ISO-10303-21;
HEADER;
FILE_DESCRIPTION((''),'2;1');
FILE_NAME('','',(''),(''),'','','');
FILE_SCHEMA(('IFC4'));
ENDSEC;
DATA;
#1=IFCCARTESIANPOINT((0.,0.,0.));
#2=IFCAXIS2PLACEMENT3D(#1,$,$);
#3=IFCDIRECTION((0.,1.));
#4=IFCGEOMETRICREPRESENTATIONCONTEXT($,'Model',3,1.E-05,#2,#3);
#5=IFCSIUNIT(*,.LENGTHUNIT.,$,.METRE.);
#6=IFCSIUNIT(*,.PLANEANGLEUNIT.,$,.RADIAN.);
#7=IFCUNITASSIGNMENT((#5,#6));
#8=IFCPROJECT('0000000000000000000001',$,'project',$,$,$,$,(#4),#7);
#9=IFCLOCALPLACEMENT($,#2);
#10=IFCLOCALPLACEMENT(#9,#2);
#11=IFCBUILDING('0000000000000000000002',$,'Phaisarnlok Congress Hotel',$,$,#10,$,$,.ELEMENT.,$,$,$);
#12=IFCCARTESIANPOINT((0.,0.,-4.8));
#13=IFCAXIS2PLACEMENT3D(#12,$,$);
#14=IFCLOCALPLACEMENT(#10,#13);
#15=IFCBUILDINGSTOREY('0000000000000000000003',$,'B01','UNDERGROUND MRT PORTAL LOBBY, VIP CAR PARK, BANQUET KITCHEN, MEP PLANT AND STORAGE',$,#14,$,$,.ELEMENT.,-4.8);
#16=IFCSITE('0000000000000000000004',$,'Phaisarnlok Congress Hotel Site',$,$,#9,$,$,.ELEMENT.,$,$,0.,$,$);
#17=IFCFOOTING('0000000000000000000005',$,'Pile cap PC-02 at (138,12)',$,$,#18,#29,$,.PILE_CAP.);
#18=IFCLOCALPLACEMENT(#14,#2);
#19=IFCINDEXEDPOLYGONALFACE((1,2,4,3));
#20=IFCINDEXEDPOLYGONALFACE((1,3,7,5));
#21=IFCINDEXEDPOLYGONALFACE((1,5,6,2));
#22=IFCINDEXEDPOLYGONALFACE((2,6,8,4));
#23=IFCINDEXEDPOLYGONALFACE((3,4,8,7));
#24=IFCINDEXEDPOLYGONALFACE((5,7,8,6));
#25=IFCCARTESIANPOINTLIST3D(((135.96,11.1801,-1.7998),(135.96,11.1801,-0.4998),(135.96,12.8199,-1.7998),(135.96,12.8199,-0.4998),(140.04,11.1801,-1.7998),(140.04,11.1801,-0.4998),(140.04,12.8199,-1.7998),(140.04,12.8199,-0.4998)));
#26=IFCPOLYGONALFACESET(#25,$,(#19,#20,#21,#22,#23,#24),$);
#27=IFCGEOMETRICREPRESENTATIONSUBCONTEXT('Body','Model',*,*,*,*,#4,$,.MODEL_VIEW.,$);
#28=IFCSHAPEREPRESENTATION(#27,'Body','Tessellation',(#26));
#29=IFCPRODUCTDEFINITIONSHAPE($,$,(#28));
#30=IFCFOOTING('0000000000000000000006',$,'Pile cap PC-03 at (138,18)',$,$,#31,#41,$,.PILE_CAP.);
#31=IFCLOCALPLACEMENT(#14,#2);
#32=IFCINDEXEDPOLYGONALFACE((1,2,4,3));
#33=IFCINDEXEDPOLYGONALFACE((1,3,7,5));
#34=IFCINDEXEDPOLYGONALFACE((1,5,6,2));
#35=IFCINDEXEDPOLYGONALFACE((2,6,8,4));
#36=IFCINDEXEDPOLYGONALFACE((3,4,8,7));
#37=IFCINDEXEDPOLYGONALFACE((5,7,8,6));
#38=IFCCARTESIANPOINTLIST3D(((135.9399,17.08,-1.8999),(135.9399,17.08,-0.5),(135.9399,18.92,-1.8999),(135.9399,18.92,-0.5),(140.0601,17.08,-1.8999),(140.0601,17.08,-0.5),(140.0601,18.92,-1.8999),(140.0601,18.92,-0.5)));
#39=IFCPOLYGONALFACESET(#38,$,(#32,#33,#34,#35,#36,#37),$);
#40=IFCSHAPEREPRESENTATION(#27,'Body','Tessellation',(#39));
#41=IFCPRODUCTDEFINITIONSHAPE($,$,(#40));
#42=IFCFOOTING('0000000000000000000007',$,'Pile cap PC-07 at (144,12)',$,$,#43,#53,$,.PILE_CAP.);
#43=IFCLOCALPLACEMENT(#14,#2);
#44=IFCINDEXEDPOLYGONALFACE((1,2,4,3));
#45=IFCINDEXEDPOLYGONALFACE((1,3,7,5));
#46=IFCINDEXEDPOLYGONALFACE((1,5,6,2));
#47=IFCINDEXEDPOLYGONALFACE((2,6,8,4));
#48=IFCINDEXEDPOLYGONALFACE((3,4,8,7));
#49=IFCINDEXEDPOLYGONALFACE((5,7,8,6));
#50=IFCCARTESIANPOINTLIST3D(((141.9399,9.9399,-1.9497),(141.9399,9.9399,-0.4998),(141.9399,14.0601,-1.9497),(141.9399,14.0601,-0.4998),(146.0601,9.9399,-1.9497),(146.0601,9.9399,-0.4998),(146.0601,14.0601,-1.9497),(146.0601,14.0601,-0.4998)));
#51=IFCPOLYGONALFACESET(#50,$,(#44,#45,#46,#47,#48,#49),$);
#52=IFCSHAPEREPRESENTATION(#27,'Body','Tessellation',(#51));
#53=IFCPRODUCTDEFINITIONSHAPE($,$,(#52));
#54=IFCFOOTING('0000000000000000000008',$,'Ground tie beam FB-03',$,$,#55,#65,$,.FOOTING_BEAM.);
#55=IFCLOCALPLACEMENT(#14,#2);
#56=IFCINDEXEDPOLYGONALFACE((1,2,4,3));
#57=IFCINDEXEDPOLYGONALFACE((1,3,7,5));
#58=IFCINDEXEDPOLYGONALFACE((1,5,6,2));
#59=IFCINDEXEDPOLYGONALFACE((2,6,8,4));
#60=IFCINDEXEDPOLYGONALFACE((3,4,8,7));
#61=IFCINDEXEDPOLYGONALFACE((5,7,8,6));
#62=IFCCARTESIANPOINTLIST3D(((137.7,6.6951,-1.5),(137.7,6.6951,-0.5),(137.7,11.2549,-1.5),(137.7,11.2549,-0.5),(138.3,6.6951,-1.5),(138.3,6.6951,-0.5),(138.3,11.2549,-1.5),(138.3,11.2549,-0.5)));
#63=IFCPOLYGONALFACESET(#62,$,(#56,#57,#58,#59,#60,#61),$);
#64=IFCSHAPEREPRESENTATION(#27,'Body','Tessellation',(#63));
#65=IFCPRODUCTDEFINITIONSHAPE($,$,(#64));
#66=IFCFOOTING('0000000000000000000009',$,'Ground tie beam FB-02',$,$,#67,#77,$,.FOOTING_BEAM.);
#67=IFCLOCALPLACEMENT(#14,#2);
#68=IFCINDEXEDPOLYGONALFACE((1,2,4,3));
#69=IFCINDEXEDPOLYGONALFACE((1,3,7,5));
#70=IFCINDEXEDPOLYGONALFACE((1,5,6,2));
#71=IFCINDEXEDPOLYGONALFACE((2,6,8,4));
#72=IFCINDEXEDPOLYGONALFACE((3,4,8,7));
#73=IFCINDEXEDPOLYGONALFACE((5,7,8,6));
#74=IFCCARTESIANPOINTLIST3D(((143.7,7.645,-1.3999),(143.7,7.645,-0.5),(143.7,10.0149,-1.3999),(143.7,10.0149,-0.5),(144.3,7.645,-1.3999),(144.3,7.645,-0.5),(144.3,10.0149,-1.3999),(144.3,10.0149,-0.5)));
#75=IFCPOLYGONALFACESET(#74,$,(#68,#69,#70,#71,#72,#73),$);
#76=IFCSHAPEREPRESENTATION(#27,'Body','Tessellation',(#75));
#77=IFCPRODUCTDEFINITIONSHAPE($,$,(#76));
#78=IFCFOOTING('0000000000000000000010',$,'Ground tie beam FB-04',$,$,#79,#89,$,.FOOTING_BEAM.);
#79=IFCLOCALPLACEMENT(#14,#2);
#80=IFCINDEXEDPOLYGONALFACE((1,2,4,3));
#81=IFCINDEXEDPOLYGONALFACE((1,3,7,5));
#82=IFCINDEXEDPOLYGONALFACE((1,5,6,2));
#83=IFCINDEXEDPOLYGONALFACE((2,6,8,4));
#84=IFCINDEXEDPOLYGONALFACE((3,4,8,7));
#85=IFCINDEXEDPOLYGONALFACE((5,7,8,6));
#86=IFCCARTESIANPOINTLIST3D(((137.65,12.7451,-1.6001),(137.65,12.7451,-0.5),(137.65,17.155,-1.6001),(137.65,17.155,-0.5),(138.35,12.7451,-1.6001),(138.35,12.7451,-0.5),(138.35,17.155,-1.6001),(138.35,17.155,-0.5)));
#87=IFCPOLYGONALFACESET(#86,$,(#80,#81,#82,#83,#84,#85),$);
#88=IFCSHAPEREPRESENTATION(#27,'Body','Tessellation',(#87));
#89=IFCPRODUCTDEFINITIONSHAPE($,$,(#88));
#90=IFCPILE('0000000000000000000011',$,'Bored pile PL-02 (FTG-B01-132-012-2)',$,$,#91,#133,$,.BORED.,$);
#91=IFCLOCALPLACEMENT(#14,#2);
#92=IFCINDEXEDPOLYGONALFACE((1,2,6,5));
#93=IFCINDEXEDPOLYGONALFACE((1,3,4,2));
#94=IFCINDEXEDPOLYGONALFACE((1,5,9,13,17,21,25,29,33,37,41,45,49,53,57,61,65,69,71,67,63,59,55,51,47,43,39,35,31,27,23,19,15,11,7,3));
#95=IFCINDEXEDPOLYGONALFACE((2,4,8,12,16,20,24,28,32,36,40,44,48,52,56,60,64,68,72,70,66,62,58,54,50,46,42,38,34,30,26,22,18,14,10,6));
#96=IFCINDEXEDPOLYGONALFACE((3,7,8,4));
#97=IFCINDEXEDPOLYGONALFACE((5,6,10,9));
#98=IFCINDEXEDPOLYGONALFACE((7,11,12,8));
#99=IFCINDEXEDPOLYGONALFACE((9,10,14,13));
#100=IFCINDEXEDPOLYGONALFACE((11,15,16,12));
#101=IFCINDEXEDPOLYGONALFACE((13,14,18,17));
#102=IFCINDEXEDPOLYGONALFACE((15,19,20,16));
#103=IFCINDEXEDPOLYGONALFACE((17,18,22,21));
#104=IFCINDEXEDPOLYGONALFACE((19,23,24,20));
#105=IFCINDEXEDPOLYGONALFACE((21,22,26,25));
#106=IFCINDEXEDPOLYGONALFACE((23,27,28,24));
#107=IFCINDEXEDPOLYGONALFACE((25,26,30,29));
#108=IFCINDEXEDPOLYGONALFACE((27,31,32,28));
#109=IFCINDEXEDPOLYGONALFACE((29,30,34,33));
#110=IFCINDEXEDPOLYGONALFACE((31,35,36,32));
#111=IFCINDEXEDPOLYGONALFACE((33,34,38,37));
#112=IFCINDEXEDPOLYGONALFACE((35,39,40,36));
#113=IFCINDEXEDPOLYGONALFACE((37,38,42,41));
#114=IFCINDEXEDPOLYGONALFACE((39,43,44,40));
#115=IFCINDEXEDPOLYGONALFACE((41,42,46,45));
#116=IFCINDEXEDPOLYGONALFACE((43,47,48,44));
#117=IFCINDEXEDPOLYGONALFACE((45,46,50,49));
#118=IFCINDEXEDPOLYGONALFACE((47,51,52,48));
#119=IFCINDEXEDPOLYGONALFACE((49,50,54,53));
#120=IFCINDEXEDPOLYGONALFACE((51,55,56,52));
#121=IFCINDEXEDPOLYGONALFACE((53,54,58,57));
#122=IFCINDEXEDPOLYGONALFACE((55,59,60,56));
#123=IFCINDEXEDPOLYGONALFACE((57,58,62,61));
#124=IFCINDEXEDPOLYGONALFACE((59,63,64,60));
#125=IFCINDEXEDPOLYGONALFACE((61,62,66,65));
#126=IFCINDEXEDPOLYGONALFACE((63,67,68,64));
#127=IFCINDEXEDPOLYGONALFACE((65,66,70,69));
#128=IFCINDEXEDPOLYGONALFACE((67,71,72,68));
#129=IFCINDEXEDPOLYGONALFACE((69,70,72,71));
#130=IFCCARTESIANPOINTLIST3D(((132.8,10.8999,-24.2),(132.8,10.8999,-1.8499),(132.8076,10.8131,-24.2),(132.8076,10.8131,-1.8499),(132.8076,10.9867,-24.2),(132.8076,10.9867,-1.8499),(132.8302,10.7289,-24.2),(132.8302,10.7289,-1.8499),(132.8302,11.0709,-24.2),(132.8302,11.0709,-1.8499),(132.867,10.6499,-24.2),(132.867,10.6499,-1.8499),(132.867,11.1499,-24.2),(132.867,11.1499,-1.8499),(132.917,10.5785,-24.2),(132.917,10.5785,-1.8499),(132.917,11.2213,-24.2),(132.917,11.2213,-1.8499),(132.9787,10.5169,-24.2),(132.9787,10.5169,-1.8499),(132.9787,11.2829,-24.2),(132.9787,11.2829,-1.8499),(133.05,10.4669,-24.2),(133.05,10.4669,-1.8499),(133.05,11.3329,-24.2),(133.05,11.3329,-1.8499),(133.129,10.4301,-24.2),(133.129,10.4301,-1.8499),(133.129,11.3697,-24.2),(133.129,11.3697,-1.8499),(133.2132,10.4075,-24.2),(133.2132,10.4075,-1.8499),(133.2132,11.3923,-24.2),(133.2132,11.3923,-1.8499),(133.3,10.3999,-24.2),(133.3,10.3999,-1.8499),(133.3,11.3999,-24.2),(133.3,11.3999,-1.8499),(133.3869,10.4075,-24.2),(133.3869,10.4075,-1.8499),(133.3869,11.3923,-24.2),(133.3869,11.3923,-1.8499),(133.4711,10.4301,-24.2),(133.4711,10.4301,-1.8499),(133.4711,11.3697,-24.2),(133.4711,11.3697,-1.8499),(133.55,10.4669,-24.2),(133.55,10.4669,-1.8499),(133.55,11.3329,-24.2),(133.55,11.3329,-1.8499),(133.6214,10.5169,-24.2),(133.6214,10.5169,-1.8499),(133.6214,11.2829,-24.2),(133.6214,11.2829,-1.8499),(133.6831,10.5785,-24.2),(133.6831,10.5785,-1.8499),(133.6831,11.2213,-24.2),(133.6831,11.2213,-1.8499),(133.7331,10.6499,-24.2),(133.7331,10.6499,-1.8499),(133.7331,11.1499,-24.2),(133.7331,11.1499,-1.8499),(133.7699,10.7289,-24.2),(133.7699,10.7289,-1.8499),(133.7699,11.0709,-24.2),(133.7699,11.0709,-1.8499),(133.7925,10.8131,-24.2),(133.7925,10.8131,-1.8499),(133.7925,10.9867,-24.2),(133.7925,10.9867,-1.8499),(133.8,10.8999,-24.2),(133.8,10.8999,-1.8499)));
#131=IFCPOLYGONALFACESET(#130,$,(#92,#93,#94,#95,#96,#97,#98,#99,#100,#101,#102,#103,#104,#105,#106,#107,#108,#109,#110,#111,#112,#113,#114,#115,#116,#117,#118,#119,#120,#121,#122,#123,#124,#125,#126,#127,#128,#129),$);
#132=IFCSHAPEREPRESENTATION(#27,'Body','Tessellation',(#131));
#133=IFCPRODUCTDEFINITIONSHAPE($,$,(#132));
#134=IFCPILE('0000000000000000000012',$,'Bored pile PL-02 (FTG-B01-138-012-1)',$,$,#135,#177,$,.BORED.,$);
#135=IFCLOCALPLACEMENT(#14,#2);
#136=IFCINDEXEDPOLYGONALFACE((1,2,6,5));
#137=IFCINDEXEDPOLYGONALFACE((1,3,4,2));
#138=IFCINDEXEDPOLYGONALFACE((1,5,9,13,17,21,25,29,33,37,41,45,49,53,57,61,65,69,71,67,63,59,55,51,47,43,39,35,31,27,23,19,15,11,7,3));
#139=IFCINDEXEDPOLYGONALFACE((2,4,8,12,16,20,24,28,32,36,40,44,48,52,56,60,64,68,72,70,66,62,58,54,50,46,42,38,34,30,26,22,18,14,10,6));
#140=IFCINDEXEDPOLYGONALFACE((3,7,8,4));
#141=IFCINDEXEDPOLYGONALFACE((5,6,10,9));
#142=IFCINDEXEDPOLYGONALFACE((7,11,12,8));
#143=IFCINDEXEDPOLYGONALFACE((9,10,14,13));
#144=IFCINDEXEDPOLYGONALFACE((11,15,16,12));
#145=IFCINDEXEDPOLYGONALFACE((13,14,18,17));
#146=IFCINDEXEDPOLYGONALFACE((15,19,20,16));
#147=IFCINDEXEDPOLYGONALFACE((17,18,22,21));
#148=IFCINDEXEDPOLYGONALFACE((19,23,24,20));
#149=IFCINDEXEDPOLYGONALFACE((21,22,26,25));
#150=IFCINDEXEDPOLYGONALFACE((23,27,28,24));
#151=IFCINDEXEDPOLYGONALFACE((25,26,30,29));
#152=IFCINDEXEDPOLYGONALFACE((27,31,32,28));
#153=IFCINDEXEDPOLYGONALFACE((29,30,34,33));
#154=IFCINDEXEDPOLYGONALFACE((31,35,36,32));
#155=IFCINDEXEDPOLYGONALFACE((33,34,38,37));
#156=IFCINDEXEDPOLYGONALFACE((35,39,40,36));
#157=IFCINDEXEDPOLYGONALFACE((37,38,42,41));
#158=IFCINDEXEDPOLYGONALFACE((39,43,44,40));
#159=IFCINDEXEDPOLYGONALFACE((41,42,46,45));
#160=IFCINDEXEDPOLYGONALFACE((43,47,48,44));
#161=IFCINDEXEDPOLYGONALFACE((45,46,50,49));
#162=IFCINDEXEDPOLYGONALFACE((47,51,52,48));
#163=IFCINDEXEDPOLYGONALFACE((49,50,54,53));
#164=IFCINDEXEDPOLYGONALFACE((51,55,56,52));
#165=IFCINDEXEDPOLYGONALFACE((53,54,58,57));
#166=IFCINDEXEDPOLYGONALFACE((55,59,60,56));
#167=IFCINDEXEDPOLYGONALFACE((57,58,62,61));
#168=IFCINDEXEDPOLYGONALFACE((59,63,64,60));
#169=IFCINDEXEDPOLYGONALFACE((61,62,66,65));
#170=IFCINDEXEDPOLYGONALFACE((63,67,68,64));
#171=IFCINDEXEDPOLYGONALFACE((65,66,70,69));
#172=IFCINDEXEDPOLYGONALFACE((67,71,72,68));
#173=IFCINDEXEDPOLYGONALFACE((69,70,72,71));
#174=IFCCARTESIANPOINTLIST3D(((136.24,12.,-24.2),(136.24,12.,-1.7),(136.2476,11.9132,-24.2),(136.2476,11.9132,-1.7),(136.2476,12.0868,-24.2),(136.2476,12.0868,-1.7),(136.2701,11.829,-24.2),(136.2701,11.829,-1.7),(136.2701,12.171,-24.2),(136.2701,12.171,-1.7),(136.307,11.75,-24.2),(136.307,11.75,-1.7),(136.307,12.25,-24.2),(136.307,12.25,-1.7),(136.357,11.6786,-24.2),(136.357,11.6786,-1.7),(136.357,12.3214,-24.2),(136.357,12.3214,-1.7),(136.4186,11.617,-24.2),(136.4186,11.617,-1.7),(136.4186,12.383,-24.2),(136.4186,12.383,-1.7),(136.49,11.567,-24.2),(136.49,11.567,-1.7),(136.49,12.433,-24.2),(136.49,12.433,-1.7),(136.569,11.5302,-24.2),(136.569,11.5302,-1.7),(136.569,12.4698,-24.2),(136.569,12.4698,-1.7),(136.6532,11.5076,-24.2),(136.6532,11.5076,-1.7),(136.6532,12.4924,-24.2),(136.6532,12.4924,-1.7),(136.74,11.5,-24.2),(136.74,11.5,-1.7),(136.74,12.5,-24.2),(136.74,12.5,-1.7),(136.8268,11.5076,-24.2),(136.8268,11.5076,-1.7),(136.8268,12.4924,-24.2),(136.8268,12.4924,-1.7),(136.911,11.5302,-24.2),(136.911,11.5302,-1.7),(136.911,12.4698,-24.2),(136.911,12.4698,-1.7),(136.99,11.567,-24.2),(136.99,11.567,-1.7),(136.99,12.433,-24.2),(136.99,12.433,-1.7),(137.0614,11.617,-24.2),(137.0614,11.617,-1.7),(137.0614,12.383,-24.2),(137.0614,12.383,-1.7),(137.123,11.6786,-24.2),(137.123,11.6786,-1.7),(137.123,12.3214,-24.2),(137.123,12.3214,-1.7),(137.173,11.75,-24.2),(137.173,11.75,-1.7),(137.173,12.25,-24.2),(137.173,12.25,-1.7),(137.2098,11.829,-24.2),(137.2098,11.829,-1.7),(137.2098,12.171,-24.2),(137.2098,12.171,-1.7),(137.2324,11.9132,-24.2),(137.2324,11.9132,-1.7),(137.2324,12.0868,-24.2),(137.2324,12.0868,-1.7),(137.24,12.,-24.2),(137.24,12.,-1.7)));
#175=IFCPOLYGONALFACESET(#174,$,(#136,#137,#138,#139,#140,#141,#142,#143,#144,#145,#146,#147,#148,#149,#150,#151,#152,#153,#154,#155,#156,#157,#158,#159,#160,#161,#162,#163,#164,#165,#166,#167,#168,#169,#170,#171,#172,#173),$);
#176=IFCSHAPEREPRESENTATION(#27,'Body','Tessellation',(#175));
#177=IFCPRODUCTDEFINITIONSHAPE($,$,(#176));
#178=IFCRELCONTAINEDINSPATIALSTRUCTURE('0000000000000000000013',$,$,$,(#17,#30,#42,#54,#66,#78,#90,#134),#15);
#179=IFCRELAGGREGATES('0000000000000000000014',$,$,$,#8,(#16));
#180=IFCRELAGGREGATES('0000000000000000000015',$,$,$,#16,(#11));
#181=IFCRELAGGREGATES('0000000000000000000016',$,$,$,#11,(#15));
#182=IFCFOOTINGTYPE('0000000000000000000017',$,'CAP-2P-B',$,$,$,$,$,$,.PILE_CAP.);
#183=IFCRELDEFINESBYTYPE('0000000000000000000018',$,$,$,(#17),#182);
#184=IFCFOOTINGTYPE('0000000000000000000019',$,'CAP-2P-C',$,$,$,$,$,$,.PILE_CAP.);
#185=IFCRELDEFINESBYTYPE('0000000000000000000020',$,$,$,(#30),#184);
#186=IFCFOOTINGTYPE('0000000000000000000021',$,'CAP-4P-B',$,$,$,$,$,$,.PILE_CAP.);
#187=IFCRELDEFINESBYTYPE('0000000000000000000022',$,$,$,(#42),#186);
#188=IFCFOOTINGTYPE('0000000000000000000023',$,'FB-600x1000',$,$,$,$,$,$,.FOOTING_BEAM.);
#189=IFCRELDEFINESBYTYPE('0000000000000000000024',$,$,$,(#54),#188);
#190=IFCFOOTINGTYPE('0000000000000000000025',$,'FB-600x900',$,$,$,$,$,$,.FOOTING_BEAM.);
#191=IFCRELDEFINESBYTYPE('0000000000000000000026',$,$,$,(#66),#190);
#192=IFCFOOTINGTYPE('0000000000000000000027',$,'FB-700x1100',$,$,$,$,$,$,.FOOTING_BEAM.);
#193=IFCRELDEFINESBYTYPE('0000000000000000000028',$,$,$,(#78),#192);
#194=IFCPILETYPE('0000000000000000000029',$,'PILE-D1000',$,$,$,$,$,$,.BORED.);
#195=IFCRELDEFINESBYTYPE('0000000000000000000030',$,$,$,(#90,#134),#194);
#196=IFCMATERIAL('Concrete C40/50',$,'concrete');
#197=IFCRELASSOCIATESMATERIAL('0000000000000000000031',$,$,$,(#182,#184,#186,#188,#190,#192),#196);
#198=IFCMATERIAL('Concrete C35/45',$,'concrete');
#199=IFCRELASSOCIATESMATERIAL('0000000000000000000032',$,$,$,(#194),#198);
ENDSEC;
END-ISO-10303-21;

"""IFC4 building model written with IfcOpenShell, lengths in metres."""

from ifc_helpers import new_model, si_unit, direction, frame, origin, origin_2d, place, context, subcontext, project, spatial, rectangle, circle, extrude, material, material_profile, profile_set, type_object, element, save


model = new_model("IFC4")

# Units and contexts
model_context = context("Model", 3, precision=1e-05, world=origin(), true_north=direction((0.0, 1.0)))
body_context = subcontext(model_context, "Body", "Model", "MODEL_VIEW")
ifc_project = project(units=[si_unit("LENGTHUNIT", "METRE"), si_unit("PLANEANGLEUNIT", "RADIAN")], contexts=[model_context])

# Site, building, storey
site_placement = place(None, origin())
site = spatial("IfcSite", under=ifc_project, at=site_placement, Name="Phaisarnlok Congress Hotel Site", CompositionType="ELEMENT", RefElevation=0.0)
building_placement = place(site_placement, origin())
building = spatial("IfcBuilding", under=site, at=building_placement, Name="Phaisarnlok Congress Hotel", CompositionType="ELEMENT")
storey_placement = place(building_placement, frame((0.0, 0.0, -4.8)))
storey = spatial("IfcBuildingStorey", under=building, at=storey_placement, Name="B01", Description="UNDERGROUND MRT PORTAL LOBBY, VIP CAR PARK, BANQUET KITCHEN, MEP PLANT AND STORAGE", CompositionType="ELEMENT", Elevation=-4.8)

# Footings
ifc_material_1 = material(Name="Concrete C40/50", Category="concrete")
footing_type_1 = type_object("IfcFootingType", Name="CAP-2P-B", PredefinedType="PILE_CAP", material=ifc_material_1)
footing_1_placement = place(storey_placement, frame((138.0, 12.0, -1.7998), z_axis=(0.0, 0.0, 1.0), x_axis=(1.0, 0.0, 0.0)))
element("IfcFooting", 1, at=footing_1_placement, inside=storey, type_object=footing_type_1, Name="Pile cap PC-02 at (138,12)", PredefinedType="PILE_CAP", context=body_context, shape_type="SweptSolid", body=[
    extrude(rectangle(XDim=4.0801, YDim=1.6399, at=origin_2d()), origin(), (0.0, 0.0, 1.0), 1.3),
])
footing_type_2 = type_object("IfcFootingType", Name="CAP-2P-C", PredefinedType="PILE_CAP", material=ifc_material_1)
footing_2_placement = place(storey_placement, frame((138.0, 18.0, -1.8999), z_axis=(0.0, 0.0, 1.0), x_axis=(1.0, 0.0, 0.0)))
element("IfcFooting", 2, at=footing_2_placement, inside=storey, type_object=footing_type_2, Name="Pile cap PC-03 at (138,18)", PredefinedType="PILE_CAP", context=body_context, shape_type="SweptSolid", body=[
    extrude(rectangle(XDim=4.1201, YDim=1.8401, at=origin_2d()), origin(), (0.0, 0.0, 1.0), 1.3999),
])
footing_type_3 = type_object("IfcFootingType", Name="CAP-4P-B", PredefinedType="PILE_CAP", material=ifc_material_1)
footing_3_placement = place(storey_placement, frame((144.0, 12.0, -1.9497), z_axis=(0.0, 0.0, 1.0), x_axis=(1.0, 0.0, 0.0)))
element("IfcFooting", 3, at=footing_3_placement, inside=storey, type_object=footing_type_3, Name="Pile cap PC-07 at (144,12)", PredefinedType="PILE_CAP", context=body_context, shape_type="SweptSolid", body=[
    extrude(rectangle(XDim=4.1201, YDim=4.1201, at=origin_2d()), origin(), (0.0, 0.0, 1.0), 1.45),
])
ifc_material_profile_1 = material_profile(ifc_material_1, rectangle(XDim=0.6001, YDim=1.0, at=origin_2d()), Name="FB-600x1000")
ifc_profile_set_1 = profile_set([ifc_material_profile_1], Name="Concrete C40/50")
footing_type_4 = type_object("IfcFootingType", Name="FB-600x1000", PredefinedType="FOOTING_BEAM", material=ifc_profile_set_1)
footing_4_placement = place(storey_placement, frame((138.0, 6.6951, -1.0), z_axis=(0.0, 1.0, 0.0), x_axis=(-1.0, 0.0, 0.0)))
element("IfcFooting", 4, at=footing_4_placement, inside=storey, type_object=footing_type_4, Name="Ground tie beam FB-03", PredefinedType="FOOTING_BEAM", context=body_context, shape_type="SweptSolid", body=[
    extrude(rectangle(XDim=0.6001, YDim=1.0, at=origin_2d()), origin(), (0.0, 0.0, 1.0), 4.5598),
])
ifc_material_profile_2 = material_profile(ifc_material_1, rectangle(XDim=0.6001, YDim=0.8999, at=origin_2d()), Name="FB-600x900")
ifc_profile_set_2 = profile_set([ifc_material_profile_2], Name="Concrete C40/50")
footing_type_5 = type_object("IfcFootingType", Name="FB-600x900", PredefinedType="FOOTING_BEAM", material=ifc_profile_set_2)
footing_5_placement = place(storey_placement, frame((144.0, 7.645, -0.95), z_axis=(0.0, 1.0, 0.0), x_axis=(-1.0, 0.0, 0.0)))
element("IfcFooting", 5, at=footing_5_placement, inside=storey, type_object=footing_type_5, Name="Ground tie beam FB-02", PredefinedType="FOOTING_BEAM", context=body_context, shape_type="SweptSolid", body=[
    extrude(rectangle(XDim=0.6001, YDim=0.8999, at=origin_2d()), origin(), (0.0, 0.0, 1.0), 2.3699),
])
ifc_material_profile_3 = material_profile(ifc_material_1, rectangle(XDim=0.7, YDim=1.1001, at=origin_2d()), Name="FB-700x1100")
ifc_profile_set_3 = profile_set([ifc_material_profile_3], Name="Concrete C40/50")
footing_type_6 = type_object("IfcFootingType", Name="FB-700x1100", PredefinedType="FOOTING_BEAM", material=ifc_profile_set_3)
footing_6_placement = place(storey_placement, frame((138.0, 12.7451, -1.05), z_axis=(0.0, 1.0, 0.0), x_axis=(-1.0, 0.0, 0.0)))
element("IfcFooting", 6, at=footing_6_placement, inside=storey, type_object=footing_type_6, Name="Ground tie beam FB-04", PredefinedType="FOOTING_BEAM", context=body_context, shape_type="SweptSolid", body=[
    extrude(rectangle(XDim=0.7, YDim=1.1001, at=origin_2d()), origin(), (0.0, 0.0, 1.0), 4.4099),
])

# Piles
ifc_material_2 = material(Name="Concrete C35/45", Category="concrete")
ifc_material_profile_4 = material_profile(ifc_material_2, circle(Radius=0.5, at=origin_2d()), Name="BORED PILE D1000")
ifc_profile_set_4 = profile_set([ifc_material_profile_4], Name="Concrete C35/45")
pile_type_1 = type_object("IfcPileType", Name="PILE-D1000", PredefinedType="BORED", material=ifc_profile_set_4)
pile_placement = place(storey_placement, frame((133.3, 10.8999, -1.8499), z_axis=(0.0, 0.0, -1.0), x_axis=(1.0, 0.0, 0.0)))
element("IfcPile", 7, at=pile_placement, inside=storey, type_object=pile_type_1, Name="Bored pile PL-02 (FTG-B01-132-012-2)", PredefinedType="BORED", context=body_context, shape_type="SweptSolid", body=[
    extrude(circle(Radius=0.5, at=origin_2d()), origin(), (0.0, 0.0, 1.0), 22.3501),
])
for number, where, z_axis, x_axis, name in (
    (8, (136.74, 12.0, -1.7), (0.0, 0.0, -1.0), (1.0, 0.0, 0.0), "Bored pile PL-02 (FTG-B01-138-012-1)"),
):
    element("IfcPile", number, at=place(storey_placement, frame(where, z_axis=z_axis, x_axis=x_axis)), inside=storey, type_object=pile_type_1, Name=name, PredefinedType="BORED", context=body_context, shape_type="SweptSolid", body=[
        extrude(circle(Radius=0.5, at=origin_2d()), origin(), (0.0, 0.0, 1.0), 22.5),
    ])

save(model, "model.ifc")
